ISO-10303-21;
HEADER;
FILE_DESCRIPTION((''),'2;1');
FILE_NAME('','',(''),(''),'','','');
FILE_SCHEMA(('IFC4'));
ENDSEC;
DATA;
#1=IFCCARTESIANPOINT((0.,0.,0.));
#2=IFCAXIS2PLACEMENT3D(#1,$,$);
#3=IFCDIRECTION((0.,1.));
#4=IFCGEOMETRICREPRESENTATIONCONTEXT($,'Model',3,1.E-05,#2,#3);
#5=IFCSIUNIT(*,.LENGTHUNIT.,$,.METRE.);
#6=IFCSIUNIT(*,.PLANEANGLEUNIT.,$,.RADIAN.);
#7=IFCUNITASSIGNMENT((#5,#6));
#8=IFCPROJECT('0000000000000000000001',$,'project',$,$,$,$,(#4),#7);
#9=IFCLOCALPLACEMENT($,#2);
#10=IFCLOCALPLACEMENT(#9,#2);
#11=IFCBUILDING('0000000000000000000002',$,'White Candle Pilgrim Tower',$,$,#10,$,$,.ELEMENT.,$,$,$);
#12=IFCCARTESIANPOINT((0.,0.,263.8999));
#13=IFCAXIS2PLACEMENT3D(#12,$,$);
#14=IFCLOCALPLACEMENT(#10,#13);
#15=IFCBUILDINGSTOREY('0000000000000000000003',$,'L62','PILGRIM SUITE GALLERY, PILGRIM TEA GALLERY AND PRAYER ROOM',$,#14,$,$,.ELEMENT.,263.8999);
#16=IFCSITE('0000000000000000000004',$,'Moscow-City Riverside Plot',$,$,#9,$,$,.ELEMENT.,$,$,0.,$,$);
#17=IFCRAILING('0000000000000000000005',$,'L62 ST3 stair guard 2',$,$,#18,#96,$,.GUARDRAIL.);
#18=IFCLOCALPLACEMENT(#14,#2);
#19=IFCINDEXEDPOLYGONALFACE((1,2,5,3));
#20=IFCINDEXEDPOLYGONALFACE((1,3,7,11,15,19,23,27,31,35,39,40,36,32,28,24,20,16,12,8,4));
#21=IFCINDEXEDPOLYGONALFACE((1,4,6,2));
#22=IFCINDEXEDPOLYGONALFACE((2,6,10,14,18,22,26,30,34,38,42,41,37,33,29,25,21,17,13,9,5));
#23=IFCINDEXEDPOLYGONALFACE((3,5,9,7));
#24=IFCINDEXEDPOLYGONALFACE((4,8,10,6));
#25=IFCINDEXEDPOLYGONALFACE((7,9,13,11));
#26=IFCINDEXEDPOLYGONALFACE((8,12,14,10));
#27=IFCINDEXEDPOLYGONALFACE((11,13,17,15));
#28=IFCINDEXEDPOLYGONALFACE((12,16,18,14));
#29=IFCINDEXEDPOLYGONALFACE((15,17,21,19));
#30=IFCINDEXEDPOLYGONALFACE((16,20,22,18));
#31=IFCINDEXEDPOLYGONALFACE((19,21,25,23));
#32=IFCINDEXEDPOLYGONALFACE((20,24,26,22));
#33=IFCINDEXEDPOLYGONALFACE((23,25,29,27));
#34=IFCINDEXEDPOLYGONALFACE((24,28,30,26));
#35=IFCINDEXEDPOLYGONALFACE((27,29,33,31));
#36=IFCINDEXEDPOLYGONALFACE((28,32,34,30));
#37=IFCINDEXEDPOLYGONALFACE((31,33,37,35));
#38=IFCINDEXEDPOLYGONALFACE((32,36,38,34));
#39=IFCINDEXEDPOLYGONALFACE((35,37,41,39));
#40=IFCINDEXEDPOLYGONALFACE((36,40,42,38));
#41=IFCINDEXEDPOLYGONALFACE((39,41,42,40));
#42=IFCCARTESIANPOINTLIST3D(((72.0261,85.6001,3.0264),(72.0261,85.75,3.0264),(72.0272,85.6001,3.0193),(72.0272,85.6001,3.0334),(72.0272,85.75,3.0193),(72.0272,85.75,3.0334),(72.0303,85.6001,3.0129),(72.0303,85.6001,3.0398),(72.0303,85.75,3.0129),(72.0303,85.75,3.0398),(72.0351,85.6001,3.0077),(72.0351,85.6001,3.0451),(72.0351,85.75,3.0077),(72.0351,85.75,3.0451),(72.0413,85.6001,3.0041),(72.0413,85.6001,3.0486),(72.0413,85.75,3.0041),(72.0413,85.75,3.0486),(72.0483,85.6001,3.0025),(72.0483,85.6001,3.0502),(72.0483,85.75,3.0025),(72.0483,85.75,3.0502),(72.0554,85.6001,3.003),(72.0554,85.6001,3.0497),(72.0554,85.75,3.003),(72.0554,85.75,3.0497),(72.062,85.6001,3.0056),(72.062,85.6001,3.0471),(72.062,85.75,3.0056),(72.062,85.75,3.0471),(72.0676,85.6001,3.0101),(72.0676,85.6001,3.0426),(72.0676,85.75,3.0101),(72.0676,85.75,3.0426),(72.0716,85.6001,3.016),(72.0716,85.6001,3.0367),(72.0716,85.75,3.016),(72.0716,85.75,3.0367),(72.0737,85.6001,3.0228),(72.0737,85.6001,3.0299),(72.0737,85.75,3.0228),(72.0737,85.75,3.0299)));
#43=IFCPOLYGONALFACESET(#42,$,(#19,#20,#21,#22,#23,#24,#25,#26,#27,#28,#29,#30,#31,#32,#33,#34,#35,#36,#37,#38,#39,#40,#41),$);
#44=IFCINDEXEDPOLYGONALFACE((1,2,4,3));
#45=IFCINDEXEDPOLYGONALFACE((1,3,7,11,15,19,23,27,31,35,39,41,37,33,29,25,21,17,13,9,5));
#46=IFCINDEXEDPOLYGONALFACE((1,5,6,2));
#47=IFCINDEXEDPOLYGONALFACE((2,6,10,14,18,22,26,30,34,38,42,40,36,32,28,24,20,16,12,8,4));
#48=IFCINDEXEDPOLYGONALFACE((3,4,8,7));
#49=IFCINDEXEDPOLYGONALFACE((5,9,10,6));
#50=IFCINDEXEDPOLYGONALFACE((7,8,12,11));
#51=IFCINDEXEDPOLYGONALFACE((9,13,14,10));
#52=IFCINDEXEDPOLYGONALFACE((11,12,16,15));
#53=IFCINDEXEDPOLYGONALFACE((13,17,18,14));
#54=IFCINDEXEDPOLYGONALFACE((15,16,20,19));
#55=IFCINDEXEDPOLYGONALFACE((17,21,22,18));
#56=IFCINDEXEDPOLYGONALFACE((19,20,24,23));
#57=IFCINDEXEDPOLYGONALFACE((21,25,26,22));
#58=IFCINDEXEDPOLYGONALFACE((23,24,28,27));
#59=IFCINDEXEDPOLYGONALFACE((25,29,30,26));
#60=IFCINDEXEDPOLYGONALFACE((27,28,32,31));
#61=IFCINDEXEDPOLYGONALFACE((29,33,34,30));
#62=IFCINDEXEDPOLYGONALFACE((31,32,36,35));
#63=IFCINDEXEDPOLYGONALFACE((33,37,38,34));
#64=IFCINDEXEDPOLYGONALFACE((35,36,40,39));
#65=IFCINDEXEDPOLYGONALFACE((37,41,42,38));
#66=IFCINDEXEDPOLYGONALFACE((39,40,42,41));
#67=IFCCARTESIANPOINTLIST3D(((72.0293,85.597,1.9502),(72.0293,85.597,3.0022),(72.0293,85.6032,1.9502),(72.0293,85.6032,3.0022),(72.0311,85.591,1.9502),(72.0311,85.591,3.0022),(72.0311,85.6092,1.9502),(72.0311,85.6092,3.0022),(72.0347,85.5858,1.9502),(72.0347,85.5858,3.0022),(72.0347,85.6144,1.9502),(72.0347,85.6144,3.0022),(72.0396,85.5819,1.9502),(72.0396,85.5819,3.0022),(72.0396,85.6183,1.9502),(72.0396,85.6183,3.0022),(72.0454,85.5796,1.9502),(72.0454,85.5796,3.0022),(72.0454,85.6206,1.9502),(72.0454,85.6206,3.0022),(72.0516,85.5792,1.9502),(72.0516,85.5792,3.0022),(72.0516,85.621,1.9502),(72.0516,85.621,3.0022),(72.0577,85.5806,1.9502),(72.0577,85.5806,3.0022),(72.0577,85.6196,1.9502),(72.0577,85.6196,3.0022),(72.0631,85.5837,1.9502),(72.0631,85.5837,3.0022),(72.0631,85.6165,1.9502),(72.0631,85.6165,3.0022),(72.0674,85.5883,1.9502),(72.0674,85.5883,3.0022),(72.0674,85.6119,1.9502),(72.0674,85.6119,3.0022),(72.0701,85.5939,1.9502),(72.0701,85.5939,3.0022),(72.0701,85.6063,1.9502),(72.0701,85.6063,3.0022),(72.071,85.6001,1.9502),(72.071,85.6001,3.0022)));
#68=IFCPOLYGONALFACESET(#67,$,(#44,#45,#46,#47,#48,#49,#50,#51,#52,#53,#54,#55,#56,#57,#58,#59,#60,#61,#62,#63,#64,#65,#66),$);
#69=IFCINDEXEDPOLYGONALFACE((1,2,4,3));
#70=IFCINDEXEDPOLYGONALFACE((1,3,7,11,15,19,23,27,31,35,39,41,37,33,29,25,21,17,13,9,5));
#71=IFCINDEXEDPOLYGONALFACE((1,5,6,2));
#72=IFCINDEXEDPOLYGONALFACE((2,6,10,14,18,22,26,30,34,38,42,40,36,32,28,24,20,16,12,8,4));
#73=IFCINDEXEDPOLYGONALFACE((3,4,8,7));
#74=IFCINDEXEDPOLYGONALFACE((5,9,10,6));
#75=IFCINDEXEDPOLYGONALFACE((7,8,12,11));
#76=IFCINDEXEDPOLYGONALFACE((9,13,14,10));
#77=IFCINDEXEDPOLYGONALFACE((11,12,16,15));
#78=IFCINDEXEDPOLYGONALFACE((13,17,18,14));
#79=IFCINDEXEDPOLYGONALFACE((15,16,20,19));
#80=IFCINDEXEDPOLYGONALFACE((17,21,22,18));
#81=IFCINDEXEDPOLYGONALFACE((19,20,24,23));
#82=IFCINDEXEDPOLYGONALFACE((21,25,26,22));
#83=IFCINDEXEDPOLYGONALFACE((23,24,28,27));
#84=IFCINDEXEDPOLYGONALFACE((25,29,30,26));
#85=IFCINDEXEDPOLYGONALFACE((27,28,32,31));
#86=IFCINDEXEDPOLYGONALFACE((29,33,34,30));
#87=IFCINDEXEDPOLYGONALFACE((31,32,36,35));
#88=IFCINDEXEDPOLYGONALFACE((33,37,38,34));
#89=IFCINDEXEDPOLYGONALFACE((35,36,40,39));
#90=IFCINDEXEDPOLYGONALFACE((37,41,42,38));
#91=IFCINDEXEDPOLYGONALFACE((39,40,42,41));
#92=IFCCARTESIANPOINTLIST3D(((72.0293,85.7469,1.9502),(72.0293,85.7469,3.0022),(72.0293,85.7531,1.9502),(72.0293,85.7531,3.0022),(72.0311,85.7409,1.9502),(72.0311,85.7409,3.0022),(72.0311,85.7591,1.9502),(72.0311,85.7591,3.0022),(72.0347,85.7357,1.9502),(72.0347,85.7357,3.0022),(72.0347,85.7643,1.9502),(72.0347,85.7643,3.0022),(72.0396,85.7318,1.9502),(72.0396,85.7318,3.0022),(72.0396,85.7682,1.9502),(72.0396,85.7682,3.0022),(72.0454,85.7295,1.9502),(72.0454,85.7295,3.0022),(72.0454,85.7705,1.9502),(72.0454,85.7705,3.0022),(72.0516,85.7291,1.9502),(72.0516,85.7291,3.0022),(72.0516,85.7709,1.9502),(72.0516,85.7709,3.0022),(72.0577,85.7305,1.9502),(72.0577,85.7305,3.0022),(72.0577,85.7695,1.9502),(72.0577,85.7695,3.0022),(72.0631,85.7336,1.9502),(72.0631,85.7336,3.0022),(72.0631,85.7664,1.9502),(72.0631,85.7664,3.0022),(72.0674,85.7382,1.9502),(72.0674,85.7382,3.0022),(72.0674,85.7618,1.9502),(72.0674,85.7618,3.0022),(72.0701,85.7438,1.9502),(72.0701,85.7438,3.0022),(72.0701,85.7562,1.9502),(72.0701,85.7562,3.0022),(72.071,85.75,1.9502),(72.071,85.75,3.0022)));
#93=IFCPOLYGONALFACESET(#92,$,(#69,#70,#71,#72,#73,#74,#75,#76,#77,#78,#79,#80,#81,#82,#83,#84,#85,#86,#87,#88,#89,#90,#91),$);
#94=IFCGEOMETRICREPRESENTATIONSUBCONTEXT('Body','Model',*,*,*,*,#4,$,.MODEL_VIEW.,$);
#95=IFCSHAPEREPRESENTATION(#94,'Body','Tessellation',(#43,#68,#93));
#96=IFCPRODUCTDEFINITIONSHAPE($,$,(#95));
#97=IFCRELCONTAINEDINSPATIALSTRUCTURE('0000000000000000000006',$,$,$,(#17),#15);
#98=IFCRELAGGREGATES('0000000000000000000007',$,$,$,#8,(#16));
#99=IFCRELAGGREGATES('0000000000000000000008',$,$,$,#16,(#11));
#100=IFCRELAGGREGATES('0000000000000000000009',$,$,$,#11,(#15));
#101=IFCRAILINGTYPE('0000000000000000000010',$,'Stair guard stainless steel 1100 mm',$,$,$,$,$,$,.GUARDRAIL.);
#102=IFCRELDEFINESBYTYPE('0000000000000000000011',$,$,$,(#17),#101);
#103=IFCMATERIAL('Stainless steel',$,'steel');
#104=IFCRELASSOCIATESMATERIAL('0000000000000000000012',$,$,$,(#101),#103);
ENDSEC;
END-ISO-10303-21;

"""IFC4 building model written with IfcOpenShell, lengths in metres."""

from ifc_helpers import new_model, si_unit, direction, frame, origin, origin_2d, place, context, subcontext, project, spatial, circle, extrude, material, type_object, element, save


model = new_model("IFC4")

# Units and contexts
model_context = context("Model", 3, precision=1e-05, world=origin(), true_north=direction((0.0, 1.0)))
body_context = subcontext(model_context, "Body", "Model", "MODEL_VIEW")
ifc_project = project(units=[si_unit("LENGTHUNIT", "METRE"), si_unit("PLANEANGLEUNIT", "RADIAN")], contexts=[model_context])

# Site, building, storey
site_placement = place(None, origin())
site = spatial("IfcSite", under=ifc_project, at=site_placement, Name="Moscow-City Riverside Plot", CompositionType="ELEMENT", RefElevation=0.0)
building_placement = place(site_placement, origin())
building = spatial("IfcBuilding", under=site, at=building_placement, Name="White Candle Pilgrim Tower", CompositionType="ELEMENT")
storey_placement = place(building_placement, frame((0.0, 0.0, 263.8999)))
storey = spatial("IfcBuildingStorey", under=building, at=storey_placement, Name="L62", Description="PILGRIM SUITE GALLERY, PILGRIM TEA GALLERY AND PRAYER ROOM", CompositionType="ELEMENT", Elevation=263.8999)

# Railing
ifc_material_1 = material(Name="Stainless steel", Category="steel")
railing_type_1 = type_object("IfcRailingType", Name="Stair guard stainless steel 1100 mm", PredefinedType="GUARDRAIL", material=ifc_material_1)
railing_1_placement = place(storey_placement, frame((72.05, 85.6001, 1.9502)))
element("IfcRailing", 1, at=railing_1_placement, inside=storey, type_object=railing_type_1, Name="L62 ST3 stair guard 2", PredefinedType="GUARDRAIL", context=body_context, shape_type="SweptSolid", body=[
    extrude(circle(Radius=0.0239, at=origin_2d()), frame((0.0, 0.0, 1.0762), z_axis=(0.0, 1.0, 0.0), x_axis=(-1.0, 0.0, 0.0)), (0.0, 0.0, 1.0), 0.1499),
    extrude(circle(Radius=0.021, at=origin_2d()), origin(), (0.0, 0.0, 1.0), 1.052),
    extrude(circle(Radius=0.021, at=origin_2d()), frame((0.0, 0.1499, 0.0)), (0.0, 0.0, 1.0), 1.052),
])

save(model, "model.ifc")
